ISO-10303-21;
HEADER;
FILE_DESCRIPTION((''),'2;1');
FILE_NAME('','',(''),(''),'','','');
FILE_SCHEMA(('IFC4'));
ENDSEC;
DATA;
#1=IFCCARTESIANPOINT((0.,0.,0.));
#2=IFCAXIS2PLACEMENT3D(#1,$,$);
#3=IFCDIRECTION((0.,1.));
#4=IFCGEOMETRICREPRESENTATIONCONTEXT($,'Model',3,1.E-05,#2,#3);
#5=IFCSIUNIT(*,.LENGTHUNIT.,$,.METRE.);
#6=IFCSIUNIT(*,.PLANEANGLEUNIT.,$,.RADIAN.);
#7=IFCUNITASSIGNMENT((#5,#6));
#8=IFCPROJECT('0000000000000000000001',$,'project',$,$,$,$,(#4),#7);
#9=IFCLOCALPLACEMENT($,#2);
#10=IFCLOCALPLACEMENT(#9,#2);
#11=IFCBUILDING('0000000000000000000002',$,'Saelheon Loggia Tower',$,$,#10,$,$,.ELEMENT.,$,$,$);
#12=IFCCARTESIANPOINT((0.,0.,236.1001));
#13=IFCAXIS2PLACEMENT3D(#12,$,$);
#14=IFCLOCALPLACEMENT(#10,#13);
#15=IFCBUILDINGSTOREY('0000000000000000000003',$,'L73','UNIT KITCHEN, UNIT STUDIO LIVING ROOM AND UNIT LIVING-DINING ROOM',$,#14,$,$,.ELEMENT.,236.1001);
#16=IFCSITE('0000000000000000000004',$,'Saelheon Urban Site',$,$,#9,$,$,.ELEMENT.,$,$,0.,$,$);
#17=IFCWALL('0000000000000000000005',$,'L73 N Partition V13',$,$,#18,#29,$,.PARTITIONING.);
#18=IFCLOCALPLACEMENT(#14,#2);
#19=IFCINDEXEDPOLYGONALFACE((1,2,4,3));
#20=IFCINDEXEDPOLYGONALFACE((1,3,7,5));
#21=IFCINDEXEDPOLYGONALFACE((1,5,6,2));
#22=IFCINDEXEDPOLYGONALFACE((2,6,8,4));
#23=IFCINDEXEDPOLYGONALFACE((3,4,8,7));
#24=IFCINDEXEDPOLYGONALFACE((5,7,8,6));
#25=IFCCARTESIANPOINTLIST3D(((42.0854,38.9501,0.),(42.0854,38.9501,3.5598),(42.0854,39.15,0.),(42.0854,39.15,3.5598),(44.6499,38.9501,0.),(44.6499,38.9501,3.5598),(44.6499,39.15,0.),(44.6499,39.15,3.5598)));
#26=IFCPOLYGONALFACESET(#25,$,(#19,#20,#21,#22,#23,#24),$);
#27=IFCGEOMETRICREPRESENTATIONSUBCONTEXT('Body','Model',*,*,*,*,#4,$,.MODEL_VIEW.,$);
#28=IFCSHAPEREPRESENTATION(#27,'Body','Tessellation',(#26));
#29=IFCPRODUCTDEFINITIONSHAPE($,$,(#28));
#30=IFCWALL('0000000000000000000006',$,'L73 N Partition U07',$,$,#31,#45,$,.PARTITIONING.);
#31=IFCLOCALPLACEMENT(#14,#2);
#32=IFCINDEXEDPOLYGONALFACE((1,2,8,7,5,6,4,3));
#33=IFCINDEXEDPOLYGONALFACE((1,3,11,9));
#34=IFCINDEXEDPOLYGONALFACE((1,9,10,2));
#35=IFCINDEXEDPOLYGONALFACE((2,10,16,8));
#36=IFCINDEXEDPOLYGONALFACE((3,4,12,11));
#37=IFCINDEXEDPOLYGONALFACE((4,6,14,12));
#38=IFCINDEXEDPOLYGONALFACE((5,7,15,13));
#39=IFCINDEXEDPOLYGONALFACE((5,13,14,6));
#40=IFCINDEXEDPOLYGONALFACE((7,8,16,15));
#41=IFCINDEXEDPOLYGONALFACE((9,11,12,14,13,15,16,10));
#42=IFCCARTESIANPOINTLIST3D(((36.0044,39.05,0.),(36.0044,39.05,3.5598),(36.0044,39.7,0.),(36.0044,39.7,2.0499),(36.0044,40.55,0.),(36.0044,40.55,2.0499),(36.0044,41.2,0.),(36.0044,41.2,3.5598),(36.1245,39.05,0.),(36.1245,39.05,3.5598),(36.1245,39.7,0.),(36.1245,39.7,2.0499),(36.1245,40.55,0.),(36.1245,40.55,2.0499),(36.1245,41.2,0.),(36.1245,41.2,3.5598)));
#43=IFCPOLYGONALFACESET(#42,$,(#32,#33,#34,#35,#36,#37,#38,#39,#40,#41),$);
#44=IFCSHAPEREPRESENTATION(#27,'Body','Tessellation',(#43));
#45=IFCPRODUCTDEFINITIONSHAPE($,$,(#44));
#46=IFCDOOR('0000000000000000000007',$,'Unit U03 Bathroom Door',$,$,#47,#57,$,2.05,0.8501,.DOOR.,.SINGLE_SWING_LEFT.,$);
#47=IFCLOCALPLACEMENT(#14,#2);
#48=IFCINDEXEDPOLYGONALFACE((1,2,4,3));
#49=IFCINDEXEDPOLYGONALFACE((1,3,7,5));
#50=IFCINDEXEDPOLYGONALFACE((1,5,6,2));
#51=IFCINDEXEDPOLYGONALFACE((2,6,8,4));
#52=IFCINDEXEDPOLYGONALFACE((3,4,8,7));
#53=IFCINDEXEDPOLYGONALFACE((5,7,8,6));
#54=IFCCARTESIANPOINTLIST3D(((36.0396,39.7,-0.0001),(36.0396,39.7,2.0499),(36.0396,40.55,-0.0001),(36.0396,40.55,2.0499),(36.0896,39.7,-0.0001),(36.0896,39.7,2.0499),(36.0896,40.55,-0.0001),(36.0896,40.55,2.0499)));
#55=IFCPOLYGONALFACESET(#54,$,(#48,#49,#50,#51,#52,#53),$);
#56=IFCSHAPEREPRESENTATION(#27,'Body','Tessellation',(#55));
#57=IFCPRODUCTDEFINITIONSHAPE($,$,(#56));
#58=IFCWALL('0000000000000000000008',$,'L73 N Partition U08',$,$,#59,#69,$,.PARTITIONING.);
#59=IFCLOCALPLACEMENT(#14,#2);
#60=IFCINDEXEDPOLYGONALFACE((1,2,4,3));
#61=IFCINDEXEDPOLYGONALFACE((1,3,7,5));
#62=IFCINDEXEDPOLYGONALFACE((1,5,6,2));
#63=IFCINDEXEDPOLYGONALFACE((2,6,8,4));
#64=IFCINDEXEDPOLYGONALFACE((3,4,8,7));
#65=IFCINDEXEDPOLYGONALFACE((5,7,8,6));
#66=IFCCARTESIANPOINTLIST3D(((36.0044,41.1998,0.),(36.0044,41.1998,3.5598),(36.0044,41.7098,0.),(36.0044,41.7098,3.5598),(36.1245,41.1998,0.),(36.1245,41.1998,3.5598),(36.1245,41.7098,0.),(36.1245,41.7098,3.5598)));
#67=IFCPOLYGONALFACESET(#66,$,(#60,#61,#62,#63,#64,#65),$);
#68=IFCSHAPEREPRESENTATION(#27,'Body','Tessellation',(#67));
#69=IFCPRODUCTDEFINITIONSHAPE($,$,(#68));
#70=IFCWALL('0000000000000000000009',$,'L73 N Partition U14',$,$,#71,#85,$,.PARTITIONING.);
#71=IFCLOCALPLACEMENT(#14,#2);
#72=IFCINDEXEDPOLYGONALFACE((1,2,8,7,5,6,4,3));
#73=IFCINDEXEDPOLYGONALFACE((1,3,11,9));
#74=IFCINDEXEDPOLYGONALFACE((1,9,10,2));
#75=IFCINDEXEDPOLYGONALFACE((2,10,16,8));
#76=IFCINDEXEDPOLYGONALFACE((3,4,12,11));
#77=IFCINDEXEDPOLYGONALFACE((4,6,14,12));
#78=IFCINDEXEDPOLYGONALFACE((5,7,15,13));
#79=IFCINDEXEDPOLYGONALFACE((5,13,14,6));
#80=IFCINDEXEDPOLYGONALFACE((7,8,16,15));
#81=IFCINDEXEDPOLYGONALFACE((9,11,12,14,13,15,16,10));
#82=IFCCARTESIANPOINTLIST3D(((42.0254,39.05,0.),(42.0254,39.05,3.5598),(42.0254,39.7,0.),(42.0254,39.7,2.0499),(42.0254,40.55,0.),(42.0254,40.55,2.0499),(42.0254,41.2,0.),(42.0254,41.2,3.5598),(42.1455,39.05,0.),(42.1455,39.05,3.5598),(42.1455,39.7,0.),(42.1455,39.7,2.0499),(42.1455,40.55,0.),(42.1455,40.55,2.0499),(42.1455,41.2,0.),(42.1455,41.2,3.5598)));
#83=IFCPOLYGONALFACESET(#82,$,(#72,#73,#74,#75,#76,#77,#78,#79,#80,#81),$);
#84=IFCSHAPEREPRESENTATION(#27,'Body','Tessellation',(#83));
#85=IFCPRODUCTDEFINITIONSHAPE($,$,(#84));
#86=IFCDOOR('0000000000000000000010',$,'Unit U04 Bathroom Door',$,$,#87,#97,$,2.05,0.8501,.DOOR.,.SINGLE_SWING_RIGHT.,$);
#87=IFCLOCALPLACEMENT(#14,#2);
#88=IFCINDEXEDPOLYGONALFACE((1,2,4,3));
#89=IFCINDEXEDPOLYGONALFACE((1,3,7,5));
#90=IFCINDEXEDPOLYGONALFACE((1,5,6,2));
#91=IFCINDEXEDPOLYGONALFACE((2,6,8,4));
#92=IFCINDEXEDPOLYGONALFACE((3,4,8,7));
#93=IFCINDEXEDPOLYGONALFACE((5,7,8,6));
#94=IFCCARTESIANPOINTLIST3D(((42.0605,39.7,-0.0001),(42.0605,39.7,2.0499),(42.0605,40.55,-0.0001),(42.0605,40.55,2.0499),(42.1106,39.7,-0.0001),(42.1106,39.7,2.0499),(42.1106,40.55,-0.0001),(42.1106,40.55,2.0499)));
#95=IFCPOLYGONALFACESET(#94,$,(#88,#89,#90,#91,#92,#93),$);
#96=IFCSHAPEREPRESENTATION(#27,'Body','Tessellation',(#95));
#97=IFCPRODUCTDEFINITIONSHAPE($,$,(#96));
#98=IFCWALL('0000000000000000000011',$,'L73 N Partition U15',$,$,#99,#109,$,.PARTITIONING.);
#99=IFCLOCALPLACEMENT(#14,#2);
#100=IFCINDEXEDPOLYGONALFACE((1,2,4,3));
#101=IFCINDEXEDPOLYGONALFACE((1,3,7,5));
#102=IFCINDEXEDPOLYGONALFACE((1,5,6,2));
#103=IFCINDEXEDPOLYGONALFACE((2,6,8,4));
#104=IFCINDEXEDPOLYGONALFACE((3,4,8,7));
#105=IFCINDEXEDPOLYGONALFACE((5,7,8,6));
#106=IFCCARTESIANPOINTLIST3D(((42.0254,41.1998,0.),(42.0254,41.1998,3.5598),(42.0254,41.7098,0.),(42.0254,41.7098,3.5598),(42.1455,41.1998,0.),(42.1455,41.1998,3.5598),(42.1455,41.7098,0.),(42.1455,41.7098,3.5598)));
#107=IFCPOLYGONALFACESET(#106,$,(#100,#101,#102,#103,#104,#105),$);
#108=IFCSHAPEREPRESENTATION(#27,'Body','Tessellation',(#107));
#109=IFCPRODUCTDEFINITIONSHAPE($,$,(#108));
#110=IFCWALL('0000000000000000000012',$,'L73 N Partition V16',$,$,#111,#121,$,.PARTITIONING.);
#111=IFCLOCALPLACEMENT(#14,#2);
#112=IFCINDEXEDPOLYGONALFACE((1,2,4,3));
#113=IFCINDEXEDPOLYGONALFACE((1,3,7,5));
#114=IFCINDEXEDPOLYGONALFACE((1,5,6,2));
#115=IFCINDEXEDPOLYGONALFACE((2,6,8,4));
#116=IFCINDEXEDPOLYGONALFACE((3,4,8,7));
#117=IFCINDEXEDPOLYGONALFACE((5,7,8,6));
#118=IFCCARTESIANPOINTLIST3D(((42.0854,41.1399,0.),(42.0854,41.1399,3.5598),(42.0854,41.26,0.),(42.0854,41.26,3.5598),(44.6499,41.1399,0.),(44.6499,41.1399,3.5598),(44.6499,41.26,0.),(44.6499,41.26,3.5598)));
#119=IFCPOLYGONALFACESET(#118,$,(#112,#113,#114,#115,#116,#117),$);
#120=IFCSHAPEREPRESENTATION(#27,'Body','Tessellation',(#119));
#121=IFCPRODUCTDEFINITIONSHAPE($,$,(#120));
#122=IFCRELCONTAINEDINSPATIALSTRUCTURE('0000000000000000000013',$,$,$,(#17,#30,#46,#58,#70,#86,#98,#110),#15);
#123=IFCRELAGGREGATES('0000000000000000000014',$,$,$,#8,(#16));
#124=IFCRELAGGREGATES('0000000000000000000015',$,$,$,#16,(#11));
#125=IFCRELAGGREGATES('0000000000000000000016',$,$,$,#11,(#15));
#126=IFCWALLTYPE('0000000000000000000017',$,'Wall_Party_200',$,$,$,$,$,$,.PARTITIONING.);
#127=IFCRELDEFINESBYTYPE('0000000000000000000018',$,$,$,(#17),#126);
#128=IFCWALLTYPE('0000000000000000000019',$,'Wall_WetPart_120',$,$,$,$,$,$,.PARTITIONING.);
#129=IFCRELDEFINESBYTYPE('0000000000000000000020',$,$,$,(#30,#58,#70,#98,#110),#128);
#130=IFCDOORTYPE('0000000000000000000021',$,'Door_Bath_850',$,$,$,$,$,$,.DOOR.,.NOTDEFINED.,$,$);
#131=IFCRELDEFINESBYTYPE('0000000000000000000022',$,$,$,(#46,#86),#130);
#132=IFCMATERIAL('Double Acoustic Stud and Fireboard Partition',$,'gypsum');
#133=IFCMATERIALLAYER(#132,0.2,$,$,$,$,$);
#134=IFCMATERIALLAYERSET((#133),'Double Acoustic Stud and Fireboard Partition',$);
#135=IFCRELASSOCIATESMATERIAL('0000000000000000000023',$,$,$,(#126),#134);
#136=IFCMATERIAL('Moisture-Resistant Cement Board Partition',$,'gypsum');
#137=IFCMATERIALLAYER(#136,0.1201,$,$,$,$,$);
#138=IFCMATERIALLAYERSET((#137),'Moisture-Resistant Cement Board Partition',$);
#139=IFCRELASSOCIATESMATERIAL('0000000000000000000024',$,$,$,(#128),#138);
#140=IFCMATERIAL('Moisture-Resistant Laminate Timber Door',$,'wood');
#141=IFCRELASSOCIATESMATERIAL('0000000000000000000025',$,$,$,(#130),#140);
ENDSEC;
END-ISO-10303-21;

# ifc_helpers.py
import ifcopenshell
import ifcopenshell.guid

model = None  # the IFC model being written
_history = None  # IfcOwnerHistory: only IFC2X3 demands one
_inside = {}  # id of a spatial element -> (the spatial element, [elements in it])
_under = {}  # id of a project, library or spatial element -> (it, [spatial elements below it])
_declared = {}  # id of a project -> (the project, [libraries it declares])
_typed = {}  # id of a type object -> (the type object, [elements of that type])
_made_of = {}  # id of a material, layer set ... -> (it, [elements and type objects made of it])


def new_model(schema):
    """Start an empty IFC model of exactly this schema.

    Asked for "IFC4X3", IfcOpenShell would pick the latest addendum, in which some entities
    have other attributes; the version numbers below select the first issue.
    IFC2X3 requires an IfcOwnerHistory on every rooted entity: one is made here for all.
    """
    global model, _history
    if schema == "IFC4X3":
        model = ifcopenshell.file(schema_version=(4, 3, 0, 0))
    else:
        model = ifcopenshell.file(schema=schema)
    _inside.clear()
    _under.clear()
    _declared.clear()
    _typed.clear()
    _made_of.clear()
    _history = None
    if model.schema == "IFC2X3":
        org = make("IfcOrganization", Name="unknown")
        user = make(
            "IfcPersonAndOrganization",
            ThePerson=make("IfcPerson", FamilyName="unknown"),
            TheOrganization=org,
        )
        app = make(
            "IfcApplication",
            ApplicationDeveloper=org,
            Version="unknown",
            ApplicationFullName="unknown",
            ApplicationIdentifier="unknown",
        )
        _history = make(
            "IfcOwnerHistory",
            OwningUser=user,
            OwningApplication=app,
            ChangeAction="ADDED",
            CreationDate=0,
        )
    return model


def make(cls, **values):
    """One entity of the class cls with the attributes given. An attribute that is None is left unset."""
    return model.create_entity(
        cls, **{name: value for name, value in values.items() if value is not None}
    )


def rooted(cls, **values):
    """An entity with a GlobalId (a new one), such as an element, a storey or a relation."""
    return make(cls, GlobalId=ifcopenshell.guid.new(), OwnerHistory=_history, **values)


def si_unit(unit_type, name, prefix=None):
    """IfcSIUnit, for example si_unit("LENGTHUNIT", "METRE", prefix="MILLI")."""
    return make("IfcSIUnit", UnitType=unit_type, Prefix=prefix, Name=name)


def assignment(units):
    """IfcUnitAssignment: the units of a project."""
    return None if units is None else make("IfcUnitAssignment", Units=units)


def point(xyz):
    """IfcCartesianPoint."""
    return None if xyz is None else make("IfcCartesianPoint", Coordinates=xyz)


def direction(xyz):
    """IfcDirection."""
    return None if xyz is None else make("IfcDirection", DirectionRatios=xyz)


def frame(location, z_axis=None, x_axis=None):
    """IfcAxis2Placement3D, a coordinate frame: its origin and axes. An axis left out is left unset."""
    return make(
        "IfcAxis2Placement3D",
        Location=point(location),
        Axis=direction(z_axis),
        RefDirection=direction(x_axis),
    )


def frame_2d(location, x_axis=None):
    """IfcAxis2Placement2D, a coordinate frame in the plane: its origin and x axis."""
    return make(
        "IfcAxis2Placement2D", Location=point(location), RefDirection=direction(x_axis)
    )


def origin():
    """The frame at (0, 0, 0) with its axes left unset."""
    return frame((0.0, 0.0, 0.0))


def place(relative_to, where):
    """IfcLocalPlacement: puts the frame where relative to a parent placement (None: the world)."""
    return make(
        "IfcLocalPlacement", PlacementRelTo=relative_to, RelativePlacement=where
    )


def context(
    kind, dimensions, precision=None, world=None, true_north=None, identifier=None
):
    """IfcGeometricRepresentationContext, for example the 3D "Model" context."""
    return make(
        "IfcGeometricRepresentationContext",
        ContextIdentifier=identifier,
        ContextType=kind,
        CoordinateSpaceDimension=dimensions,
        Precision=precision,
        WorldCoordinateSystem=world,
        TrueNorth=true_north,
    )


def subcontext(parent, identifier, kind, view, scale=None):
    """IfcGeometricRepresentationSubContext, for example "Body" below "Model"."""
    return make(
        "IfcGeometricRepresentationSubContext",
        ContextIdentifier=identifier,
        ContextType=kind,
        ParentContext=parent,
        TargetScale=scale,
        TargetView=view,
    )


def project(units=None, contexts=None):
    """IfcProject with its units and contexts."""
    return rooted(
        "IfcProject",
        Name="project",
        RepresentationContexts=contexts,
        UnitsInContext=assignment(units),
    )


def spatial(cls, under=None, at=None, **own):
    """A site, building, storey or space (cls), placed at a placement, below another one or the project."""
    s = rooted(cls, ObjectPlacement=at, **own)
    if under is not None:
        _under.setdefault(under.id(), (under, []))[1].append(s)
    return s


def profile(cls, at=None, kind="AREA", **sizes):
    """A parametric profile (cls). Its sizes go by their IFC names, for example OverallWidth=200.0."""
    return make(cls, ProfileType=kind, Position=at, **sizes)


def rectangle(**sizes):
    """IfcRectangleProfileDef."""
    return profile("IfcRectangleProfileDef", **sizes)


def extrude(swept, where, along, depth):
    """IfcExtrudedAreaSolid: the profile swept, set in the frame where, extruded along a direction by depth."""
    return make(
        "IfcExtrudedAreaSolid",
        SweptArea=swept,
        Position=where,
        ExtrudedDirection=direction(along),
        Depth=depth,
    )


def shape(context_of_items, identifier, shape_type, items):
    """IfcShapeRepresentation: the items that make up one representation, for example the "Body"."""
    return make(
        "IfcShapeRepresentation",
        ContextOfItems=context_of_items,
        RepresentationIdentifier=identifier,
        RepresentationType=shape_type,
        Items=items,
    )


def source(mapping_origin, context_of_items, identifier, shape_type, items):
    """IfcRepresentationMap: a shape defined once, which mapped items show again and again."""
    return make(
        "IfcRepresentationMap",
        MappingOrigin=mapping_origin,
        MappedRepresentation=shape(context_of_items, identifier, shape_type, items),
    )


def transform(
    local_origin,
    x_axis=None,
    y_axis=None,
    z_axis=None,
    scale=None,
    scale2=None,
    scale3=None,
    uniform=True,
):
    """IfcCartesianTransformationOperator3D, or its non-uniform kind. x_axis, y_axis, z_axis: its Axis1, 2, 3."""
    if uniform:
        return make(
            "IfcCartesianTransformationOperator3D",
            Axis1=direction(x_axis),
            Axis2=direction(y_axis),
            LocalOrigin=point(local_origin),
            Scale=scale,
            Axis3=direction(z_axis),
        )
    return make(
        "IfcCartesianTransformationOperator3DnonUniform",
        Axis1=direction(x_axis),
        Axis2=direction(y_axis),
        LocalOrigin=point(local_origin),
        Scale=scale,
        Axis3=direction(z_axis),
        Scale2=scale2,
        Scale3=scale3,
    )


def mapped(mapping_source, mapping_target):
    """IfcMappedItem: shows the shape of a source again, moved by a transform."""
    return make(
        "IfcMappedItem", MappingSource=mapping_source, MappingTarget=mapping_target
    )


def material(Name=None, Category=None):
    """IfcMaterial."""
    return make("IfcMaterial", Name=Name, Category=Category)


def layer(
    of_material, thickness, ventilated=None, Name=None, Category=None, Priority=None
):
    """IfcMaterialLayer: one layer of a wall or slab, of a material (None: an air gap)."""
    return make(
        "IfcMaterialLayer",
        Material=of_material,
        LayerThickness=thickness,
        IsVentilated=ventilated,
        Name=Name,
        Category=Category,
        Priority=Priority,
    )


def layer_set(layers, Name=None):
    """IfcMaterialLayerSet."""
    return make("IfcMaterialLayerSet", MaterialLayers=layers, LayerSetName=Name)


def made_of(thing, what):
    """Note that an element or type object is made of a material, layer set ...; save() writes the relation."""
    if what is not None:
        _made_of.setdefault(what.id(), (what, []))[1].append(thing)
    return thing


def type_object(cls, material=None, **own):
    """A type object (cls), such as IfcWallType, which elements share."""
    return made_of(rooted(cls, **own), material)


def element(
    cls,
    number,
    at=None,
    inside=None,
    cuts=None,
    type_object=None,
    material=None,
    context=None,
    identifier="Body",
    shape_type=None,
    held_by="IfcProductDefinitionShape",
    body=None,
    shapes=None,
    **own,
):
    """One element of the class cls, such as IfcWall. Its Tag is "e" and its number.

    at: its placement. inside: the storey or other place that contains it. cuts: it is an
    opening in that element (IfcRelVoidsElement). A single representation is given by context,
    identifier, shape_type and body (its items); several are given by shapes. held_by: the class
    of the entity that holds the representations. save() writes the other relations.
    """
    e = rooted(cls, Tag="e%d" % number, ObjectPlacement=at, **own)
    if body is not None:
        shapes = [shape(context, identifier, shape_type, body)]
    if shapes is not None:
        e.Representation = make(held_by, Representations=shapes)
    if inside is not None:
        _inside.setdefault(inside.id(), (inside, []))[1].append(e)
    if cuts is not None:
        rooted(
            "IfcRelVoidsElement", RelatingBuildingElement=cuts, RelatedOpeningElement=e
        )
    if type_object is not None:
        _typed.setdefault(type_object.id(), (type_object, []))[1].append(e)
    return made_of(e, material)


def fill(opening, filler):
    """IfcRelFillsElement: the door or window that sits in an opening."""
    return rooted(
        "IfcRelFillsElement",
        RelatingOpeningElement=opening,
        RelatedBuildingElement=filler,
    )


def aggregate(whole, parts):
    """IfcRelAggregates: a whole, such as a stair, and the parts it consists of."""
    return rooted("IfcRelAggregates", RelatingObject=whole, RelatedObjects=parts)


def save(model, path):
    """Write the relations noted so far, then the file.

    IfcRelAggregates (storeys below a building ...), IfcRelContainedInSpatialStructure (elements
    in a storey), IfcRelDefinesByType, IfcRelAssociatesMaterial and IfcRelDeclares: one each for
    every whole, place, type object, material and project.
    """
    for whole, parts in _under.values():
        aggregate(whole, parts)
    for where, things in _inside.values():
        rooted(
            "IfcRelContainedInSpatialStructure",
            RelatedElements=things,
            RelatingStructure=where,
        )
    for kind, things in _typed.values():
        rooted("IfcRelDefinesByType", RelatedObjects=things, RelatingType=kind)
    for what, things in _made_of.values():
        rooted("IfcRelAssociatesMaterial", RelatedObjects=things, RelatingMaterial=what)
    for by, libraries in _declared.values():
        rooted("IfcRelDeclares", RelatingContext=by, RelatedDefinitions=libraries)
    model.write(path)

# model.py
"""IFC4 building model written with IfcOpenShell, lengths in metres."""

from ifc_helpers import new_model, si_unit, direction, frame, frame_2d, origin, place, context, subcontext, project, spatial, rectangle, extrude, source, transform, mapped, material, layer, layer_set, type_object, element, fill, save


model = new_model("IFC4")

# Units and contexts
model_context = context("Model", 3, precision=1e-05, world=origin(), true_north=direction((0.0, 1.0)))
body_context = subcontext(model_context, "Body", "Model", "MODEL_VIEW")
ifc_project = project(units=[si_unit("LENGTHUNIT", "METRE"), si_unit("PLANEANGLEUNIT", "RADIAN")], contexts=[model_context])

# Site, building, storey
site_placement = place(None, origin())
site = spatial("IfcSite", under=ifc_project, at=site_placement, Name="Saelheon Urban Site", CompositionType="ELEMENT", RefElevation=0.0)
building_placement = place(site_placement, origin())
building = spatial("IfcBuilding", under=site, at=building_placement, Name="Saelheon Loggia Tower", CompositionType="ELEMENT")
storey_placement = place(building_placement, frame((0.0, 0.0, 236.1001)))
storey = spatial("IfcBuildingStorey", under=building, at=storey_placement, Name="L73", Description="UNIT KITCHEN, UNIT STUDIO LIVING ROOM AND UNIT LIVING-DINING ROOM", CompositionType="ELEMENT", Elevation=236.1001)

# Shared definitions
ifc_material_1 = material(Name="Double Acoustic Stud and Fireboard Partition", Category="gypsum")
ifc_layer_1 = layer(ifc_material_1, 0.2)
ifc_layer_set_1 = layer_set([ifc_layer_1], Name="Double Acoustic Stud and Fireboard Partition")
wall_type_1 = type_object("IfcWallType", Name="Wall_Party_200", PredefinedType="PARTITIONING", material=ifc_layer_set_1)

# Wall
wall_1_placement = place(storey_placement, frame((42.0854, 39.05, 0.0), z_axis=(0.0, 0.0, 1.0), x_axis=(1.0, 0.0, 0.0)))
element("IfcWall", 1, at=wall_1_placement, inside=storey, type_object=wall_type_1, Name="L73 N Partition V13", PredefinedType="PARTITIONING", context=body_context, shape_type="SweptSolid", body=[
    extrude(rectangle(XDim=2.5645, YDim=0.2, at=frame_2d((1.2822, 0.0))), origin(), (0.0, 0.0, 1.0), 3.5598),
])

# Wall, opening, door
ifc_material_2 = material(Name="Moisture-Resistant Cement Board Partition", Category="gypsum")
ifc_layer_2 = layer(ifc_material_2, 0.1201)
ifc_layer_set_2 = layer_set([ifc_layer_2], Name="Moisture-Resistant Cement Board Partition")
wall_type_2 = type_object("IfcWallType", Name="Wall_WetPart_120", PredefinedType="PARTITIONING", material=ifc_layer_set_2)
wall_2_placement = place(storey_placement, frame((36.0645, 39.05, 0.0), z_axis=(0.0, 0.0, 1.0), x_axis=(0.0, 1.0, 0.0)))
wall_2 = element("IfcWall", 2, at=wall_2_placement, inside=storey, type_object=wall_type_2, Name="L73 N Partition U07", PredefinedType="PARTITIONING", context=body_context, shape_type="SweptSolid", body=[
    extrude(rectangle(XDim=2.1499, YDim=0.1201, at=frame_2d((1.075, 0.0))), origin(), (0.0, 0.0, 1.0), 3.5598),
])
opening_1_placement = place(wall_2_placement, frame((0.6499, 0.0, 0.0)))
opening_1 = element("IfcOpeningElement", 3, at=opening_1_placement, cuts=wall_2, PredefinedType="OPENING", context=body_context, shape_type="SweptSolid", body=[
    extrude(rectangle(XDim=0.8501, YDim=2.05, at=frame_2d((0.425, 1.0249))), frame((0.0, 0.072, 0.0), z_axis=(0.0, -1.0, 0.0), x_axis=(1.0, 0.0, 0.0)), (0.0, 0.0, 1.0), 0.144),
])
ifc_material_3 = material(Name="Moisture-Resistant Laminate Timber Door", Category="wood")
door_type_1 = type_object("IfcDoorType", Name="Door_Bath_850", OperationType="NOTDEFINED", PredefinedType="DOOR", material=ifc_material_3)
shared_shape_1 = source(origin(), body_context, "Body", "SweptSolid", [
    extrude(rectangle(XDim=0.8501, YDim=2.05, at=frame_2d((0.425, 1.0249))), frame((0.0, 0.0249, 0.0), z_axis=(0.0, -1.0, 0.0), x_axis=(1.0, 0.0, 0.0)), (0.0, 0.0, 1.0), 0.05),
])
door_1_placement = place(opening_1_placement, origin())
door_1 = element("IfcDoor", 4, at=door_1_placement, inside=storey, type_object=door_type_1, Name="Unit U03 Bathroom Door", OperationType="SINGLE_SWING_LEFT", OverallHeight=2.05, OverallWidth=0.8501, PredefinedType="DOOR", context=body_context, shape_type="MappedRepresentation", body=[
    mapped(shared_shape_1, transform((0.0, 0.0, 0.0), scale=1.0)),
])
fill(opening_1, door_1)

# Wall
wall_3_placement = place(storey_placement, frame((36.0645, 41.2, 0.0), z_axis=(0.0, 0.0, 1.0), x_axis=(0.0, 1.0, 0.0)))
element("IfcWall", 5, at=wall_3_placement, inside=storey, type_object=wall_type_2, Name="L73 N Partition U08", PredefinedType="PARTITIONING", context=body_context, shape_type="SweptSolid", body=[
    extrude(rectangle(XDim=0.51, YDim=0.1201, at=frame_2d((0.2549, 0.0))), origin(), (0.0, 0.0, 1.0), 3.5598),
])

# Wall, opening, door
wall_4_placement = place(storey_placement, frame((42.0854, 39.05, 0.0), z_axis=(0.0, 0.0, 1.0), x_axis=(0.0, 1.0, 0.0)))
wall_4 = element("IfcWall", 6, at=wall_4_placement, inside=storey, type_object=wall_type_2, Name="L73 N Partition U14", PredefinedType="PARTITIONING", context=body_context, shape_type="SweptSolid", body=[
    extrude(rectangle(XDim=2.1499, YDim=0.1201, at=frame_2d((1.075, 0.0))), origin(), (0.0, 0.0, 1.0), 3.5598),
])
opening_2_placement = place(wall_4_placement, frame((0.6499, 0.0, 0.0)))
opening_2 = element("IfcOpeningElement", 7, at=opening_2_placement, cuts=wall_4, PredefinedType="OPENING", context=body_context, shape_type="SweptSolid", body=[
    extrude(rectangle(XDim=0.8501, YDim=2.05, at=frame_2d((0.425, 1.0249))), frame((0.0, 0.072, 0.0), z_axis=(0.0, -1.0, 0.0), x_axis=(1.0, 0.0, 0.0)), (0.0, 0.0, 1.0), 0.144),
])
door_2_placement = place(opening_2_placement, origin())
door_2 = element("IfcDoor", 8, at=door_2_placement, inside=storey, type_object=door_type_1, Name="Unit U04 Bathroom Door", OperationType="SINGLE_SWING_RIGHT", OverallHeight=2.05, OverallWidth=0.8501, PredefinedType="DOOR", context=body_context, shape_type="MappedRepresentation", body=[
    mapped(shared_shape_1, transform((0.0, 0.0, 0.0), scale=1.0)),
])
fill(opening_2, door_2)

# Walls
wall_5_placement = place(storey_placement, frame((42.0854, 41.2, 0.0), z_axis=(0.0, 0.0, 1.0), x_axis=(0.0, 1.0, 0.0)))
element("IfcWall", 9, at=wall_5_placement, inside=storey, type_object=wall_type_2, Name="L73 N Partition U15", PredefinedType="PARTITIONING", context=body_context, shape_type="SweptSolid", body=[
    extrude(rectangle(XDim=0.51, YDim=0.1201, at=frame_2d((0.2549, 0.0))), origin(), (0.0, 0.0, 1.0), 3.5598),
])
wall_6_placement = place(storey_placement, frame((42.0854, 41.2, 0.0), z_axis=(0.0, 0.0, 1.0), x_axis=(1.0, 0.0, 0.0)))
element("IfcWall", 10, at=wall_6_placement, inside=storey, type_object=wall_type_2, Name="L73 N Partition V16", PredefinedType="PARTITIONING", context=body_context, shape_type="SweptSolid", body=[
    extrude(rectangle(XDim=2.5645, YDim=0.1201, at=frame_2d((1.2822, 0.0))), origin(), (0.0, 0.0, 1.0), 3.5598),
])

save(model, "model.ifc")
